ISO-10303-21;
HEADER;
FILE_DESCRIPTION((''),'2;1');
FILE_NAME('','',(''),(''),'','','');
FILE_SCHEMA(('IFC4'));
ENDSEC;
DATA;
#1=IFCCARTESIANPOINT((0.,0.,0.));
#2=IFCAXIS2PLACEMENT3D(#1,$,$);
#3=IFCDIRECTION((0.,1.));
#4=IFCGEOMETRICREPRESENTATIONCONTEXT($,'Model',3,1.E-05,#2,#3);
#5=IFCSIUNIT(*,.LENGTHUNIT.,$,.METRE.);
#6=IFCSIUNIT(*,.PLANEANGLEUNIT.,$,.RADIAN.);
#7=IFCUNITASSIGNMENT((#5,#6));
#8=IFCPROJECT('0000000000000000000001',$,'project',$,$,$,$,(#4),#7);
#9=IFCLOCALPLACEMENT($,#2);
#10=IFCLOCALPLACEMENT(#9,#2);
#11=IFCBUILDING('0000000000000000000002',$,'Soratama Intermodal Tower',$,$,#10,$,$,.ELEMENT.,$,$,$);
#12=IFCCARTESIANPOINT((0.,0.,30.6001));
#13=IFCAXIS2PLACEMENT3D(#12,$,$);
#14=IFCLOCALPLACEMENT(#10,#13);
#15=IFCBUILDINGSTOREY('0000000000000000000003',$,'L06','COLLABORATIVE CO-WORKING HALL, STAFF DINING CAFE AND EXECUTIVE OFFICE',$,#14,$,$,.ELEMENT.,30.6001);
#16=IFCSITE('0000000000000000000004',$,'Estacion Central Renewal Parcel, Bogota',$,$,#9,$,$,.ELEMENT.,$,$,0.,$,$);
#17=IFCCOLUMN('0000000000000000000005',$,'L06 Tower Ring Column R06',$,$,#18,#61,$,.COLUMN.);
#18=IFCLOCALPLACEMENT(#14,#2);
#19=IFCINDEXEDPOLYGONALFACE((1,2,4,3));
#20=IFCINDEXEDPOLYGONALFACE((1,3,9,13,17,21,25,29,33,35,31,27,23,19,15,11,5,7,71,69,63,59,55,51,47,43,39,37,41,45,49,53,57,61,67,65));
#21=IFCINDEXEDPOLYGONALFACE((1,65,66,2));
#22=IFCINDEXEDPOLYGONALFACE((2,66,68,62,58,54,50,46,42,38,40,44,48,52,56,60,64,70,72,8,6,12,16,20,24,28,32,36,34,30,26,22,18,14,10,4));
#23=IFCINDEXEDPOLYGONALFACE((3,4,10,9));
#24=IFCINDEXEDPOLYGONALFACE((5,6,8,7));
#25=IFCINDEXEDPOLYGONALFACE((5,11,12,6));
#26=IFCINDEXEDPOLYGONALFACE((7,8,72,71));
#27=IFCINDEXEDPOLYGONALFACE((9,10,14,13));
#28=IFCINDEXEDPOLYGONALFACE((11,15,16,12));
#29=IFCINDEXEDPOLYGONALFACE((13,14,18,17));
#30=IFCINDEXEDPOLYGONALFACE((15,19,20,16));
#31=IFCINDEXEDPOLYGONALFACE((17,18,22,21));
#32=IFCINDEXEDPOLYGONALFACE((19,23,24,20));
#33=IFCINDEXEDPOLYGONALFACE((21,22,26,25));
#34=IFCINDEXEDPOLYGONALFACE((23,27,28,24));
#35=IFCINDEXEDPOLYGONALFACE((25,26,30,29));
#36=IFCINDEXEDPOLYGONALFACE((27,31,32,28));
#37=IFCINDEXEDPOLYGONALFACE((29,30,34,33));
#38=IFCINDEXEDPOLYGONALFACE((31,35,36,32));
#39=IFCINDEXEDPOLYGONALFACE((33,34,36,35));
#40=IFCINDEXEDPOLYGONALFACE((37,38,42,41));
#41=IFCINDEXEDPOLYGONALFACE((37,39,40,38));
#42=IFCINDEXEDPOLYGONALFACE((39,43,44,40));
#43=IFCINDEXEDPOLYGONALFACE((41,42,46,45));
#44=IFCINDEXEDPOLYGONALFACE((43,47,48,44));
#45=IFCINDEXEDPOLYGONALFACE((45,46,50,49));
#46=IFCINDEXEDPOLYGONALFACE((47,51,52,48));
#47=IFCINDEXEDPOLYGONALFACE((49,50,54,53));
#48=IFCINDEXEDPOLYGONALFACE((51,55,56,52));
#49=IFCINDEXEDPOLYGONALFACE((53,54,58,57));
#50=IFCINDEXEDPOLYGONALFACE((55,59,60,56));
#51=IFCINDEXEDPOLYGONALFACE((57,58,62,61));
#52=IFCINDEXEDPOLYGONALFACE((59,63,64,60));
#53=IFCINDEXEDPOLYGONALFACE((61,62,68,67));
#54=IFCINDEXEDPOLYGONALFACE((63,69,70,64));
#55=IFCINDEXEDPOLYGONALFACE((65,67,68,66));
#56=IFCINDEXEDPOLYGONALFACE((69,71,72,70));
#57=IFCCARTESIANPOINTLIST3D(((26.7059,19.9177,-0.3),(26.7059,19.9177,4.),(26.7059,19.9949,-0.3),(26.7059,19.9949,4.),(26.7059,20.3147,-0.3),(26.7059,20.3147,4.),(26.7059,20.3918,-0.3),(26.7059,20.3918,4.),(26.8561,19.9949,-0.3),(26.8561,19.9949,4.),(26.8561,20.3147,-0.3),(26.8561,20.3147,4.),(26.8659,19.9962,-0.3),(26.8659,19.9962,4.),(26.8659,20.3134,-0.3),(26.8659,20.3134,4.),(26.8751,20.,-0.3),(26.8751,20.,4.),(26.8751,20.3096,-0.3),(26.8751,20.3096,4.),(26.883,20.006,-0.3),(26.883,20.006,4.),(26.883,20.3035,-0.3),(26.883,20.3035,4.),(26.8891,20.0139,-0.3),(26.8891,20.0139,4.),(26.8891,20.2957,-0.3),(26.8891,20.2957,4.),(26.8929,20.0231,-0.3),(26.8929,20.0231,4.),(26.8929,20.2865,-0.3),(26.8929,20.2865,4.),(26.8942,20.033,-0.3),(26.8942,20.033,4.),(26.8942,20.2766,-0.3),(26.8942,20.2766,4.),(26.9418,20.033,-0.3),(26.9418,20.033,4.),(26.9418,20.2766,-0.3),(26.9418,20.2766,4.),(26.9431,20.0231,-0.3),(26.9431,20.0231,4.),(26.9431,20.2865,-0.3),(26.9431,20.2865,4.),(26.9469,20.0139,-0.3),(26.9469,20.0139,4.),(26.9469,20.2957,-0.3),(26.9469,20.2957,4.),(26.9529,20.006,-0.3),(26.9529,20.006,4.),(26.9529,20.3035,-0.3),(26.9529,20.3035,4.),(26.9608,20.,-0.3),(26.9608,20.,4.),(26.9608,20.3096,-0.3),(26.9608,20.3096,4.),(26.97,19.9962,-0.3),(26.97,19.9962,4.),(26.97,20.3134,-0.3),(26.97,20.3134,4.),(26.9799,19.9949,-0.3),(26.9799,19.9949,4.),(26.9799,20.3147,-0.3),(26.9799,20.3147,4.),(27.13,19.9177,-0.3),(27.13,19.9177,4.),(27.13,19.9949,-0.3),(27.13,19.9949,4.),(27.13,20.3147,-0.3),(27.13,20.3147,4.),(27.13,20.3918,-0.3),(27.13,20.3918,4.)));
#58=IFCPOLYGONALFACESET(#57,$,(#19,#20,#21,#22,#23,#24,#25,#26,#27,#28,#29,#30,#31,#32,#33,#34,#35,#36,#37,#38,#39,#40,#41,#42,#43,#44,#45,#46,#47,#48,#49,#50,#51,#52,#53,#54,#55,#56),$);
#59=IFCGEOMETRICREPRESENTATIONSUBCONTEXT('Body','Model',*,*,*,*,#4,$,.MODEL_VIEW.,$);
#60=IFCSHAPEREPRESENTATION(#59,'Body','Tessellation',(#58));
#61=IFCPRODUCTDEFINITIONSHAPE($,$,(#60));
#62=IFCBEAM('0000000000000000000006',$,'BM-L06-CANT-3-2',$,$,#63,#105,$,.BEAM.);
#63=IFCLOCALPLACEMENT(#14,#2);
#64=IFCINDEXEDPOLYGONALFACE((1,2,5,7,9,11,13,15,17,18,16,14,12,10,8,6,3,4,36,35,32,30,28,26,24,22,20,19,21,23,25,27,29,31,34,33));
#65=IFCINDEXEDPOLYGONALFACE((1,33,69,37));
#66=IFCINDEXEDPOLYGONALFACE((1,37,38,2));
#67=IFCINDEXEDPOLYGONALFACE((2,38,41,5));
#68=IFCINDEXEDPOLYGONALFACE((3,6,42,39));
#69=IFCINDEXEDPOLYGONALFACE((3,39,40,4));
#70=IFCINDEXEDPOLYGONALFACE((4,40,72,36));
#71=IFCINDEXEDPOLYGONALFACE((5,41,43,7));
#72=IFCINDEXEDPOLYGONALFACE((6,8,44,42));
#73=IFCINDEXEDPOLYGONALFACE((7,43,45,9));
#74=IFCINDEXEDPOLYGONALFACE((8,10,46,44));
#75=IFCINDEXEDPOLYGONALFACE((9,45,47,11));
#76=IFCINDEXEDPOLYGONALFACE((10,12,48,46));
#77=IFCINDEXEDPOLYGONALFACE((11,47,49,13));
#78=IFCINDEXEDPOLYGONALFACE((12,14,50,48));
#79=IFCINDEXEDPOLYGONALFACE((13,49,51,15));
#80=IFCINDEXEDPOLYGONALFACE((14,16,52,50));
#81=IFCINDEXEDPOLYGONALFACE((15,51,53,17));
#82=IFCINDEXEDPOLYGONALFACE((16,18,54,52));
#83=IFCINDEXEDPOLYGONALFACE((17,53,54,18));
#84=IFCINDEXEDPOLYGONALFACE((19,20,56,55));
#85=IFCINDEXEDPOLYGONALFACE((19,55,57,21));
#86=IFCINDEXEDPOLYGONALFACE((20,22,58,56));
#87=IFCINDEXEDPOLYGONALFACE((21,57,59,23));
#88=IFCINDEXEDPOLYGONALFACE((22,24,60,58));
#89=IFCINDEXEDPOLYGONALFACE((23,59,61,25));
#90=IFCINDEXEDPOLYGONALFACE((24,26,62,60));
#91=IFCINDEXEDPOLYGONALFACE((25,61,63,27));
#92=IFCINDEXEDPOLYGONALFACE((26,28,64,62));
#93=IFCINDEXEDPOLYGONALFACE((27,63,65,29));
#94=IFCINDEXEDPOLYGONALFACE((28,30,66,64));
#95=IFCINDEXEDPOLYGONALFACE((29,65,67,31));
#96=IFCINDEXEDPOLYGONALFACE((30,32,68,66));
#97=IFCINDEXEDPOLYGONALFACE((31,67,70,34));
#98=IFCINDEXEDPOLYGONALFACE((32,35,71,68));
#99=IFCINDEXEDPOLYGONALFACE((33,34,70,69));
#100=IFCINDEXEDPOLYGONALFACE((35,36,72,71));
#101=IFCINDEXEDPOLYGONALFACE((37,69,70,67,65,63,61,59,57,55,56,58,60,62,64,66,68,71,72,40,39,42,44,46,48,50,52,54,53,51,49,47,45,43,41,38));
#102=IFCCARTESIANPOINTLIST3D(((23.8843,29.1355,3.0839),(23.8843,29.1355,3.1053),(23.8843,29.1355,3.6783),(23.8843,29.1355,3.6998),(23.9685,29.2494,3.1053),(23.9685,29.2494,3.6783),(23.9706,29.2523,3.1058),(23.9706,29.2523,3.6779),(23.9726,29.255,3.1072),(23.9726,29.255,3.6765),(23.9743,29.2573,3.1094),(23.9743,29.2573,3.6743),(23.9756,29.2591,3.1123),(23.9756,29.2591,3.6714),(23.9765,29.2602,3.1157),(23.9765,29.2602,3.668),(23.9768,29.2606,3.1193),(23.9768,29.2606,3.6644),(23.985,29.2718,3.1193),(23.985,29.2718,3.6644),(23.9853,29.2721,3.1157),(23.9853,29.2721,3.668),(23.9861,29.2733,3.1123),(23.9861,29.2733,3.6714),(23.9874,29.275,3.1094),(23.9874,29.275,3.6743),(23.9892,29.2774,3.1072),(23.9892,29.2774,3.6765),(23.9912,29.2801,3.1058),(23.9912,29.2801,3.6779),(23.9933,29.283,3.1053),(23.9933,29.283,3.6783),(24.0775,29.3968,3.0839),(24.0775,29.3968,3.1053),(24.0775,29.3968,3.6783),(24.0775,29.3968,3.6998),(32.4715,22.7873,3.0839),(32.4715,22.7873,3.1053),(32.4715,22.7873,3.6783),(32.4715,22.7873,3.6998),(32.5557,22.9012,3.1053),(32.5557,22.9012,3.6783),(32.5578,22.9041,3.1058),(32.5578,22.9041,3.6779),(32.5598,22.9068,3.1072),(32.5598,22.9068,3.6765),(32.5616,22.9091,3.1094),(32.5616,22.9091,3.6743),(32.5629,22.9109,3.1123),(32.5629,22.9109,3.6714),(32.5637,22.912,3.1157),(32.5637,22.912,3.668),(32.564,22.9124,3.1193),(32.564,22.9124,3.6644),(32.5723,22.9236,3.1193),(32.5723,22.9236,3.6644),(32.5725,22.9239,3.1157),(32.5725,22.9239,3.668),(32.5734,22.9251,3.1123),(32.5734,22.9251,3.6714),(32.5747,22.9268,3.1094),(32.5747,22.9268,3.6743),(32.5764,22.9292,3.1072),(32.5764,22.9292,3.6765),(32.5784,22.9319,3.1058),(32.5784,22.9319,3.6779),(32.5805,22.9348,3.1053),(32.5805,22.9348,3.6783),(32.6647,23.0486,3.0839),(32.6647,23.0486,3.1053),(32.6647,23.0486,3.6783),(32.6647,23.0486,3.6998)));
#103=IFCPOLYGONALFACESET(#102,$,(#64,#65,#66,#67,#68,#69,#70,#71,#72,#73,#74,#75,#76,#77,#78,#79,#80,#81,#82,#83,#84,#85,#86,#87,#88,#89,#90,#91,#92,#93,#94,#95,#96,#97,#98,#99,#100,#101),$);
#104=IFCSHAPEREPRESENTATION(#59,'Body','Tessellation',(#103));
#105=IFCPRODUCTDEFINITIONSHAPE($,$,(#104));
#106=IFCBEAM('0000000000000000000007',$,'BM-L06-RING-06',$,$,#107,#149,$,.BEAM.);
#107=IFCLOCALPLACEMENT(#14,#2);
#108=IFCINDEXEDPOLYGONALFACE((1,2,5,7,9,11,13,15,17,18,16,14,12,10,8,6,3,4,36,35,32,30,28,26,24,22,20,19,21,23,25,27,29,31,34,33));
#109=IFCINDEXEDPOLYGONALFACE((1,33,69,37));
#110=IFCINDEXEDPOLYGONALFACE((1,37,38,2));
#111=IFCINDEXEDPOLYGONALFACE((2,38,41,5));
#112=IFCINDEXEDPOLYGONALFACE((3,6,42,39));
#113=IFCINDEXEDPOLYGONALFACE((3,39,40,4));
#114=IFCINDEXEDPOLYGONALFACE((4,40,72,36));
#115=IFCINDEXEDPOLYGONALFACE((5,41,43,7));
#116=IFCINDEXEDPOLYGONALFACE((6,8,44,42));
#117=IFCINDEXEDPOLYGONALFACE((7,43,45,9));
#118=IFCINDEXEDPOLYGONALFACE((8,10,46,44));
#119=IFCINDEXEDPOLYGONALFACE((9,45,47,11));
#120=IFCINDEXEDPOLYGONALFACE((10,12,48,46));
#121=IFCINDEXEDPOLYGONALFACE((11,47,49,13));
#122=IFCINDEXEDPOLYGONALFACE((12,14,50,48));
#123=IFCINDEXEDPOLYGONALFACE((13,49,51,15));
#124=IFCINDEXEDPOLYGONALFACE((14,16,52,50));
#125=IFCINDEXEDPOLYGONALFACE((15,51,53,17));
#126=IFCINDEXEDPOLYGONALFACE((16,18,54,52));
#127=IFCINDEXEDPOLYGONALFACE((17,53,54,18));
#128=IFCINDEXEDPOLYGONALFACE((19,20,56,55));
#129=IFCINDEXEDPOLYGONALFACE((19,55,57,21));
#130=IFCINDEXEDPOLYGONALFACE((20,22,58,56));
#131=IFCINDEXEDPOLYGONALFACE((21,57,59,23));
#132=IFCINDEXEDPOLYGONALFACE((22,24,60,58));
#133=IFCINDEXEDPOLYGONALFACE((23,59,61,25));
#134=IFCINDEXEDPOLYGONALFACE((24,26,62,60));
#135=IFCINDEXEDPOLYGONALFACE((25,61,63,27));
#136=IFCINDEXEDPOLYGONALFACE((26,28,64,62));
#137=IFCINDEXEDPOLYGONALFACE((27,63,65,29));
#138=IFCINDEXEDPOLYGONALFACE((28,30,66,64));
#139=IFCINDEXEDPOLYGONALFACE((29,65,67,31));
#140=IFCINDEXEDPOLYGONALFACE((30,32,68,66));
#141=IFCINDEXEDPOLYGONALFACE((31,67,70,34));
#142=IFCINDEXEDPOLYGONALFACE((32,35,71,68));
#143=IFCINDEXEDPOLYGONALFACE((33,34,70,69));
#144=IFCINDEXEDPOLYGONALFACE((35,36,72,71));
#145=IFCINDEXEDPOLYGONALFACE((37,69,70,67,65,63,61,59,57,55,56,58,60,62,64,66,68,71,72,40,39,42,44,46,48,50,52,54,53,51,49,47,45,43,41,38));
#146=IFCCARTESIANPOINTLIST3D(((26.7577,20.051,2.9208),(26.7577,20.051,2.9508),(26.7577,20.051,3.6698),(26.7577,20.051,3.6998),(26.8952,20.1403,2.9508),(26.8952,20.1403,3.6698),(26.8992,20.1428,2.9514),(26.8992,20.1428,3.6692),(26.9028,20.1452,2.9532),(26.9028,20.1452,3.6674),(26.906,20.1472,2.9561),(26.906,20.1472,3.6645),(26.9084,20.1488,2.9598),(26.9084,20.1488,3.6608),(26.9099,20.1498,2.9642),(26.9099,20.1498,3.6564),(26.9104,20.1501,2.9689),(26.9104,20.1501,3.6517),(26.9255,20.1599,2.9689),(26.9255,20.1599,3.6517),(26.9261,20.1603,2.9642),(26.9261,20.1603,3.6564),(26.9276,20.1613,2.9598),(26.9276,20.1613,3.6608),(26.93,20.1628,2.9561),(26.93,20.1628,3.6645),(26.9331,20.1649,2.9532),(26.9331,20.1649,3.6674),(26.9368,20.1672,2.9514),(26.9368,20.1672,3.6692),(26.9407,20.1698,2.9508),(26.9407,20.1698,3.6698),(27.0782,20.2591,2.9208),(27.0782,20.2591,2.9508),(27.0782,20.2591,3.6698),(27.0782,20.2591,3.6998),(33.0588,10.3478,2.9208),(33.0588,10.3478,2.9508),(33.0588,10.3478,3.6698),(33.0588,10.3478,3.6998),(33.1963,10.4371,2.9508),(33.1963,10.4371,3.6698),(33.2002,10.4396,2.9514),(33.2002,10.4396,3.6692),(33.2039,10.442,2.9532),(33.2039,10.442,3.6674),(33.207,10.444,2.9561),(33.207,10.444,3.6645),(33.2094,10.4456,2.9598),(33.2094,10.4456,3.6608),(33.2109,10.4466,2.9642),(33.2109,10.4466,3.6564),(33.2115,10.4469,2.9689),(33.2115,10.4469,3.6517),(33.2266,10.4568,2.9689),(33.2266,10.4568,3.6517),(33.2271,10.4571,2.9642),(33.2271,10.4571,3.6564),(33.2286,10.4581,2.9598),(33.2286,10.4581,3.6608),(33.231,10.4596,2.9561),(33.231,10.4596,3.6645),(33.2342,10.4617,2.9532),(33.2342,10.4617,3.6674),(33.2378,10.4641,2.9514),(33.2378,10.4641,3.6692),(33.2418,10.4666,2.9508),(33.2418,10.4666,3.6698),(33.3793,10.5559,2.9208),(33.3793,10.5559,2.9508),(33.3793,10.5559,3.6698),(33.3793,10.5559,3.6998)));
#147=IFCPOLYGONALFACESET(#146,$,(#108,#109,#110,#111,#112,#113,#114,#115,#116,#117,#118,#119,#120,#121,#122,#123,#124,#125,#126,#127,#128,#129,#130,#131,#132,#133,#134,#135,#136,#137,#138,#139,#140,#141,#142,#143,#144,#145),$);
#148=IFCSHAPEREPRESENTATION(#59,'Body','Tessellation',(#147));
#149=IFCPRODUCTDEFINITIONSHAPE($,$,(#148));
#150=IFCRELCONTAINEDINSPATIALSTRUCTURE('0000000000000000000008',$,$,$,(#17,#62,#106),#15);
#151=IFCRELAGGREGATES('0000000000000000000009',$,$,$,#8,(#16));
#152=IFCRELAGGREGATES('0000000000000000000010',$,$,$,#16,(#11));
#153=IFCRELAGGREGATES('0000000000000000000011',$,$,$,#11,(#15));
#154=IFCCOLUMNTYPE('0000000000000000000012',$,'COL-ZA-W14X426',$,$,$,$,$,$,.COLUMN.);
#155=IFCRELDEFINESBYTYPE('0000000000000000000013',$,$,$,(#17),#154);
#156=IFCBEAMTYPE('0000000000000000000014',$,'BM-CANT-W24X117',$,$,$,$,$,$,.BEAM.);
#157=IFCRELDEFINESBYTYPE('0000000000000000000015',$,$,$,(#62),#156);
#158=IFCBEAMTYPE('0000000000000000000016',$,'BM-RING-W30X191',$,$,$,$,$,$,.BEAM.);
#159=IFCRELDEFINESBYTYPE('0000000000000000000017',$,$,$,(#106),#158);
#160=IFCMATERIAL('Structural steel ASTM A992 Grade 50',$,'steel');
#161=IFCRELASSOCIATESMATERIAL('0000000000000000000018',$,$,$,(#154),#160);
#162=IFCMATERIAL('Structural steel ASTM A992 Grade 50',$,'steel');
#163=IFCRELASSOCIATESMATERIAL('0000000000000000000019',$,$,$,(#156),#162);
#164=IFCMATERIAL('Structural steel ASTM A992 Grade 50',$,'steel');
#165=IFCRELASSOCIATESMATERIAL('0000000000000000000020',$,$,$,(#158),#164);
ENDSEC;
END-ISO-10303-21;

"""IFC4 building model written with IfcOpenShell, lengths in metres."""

from ifc_helpers import new_model, si_unit, direction, frame, origin, origin_2d, place, context, subcontext, project, spatial, i_section, extrude, material, material_profile, profile_set, type_object, element, save


model = new_model("IFC4")

# Units and contexts
model_context = context("Model", 3, precision=1e-05, world=origin(), true_north=direction((0.0, 1.0)))
body_context = subcontext(model_context, "Body", "Model", "MODEL_VIEW")
ifc_project = project(units=[si_unit("LENGTHUNIT", "METRE"), si_unit("PLANEANGLEUNIT", "RADIAN")], contexts=[model_context])

# Site, building, storey
site_placement = place(None, origin())
site = spatial("IfcSite", under=ifc_project, at=site_placement, Name="Estacion Central Renewal Parcel, Bogota", CompositionType="ELEMENT", RefElevation=0.0)
building_placement = place(site_placement, origin())
building = spatial("IfcBuilding", under=site, at=building_placement, Name="Soratama Intermodal Tower", CompositionType="ELEMENT")
storey_placement = place(building_placement, frame((0.0, 0.0, 30.6001)))
storey = spatial("IfcBuildingStorey", under=building, at=storey_placement, Name="L06", Description="COLLABORATIVE CO-WORKING HALL, STAFF DINING CAFE AND EXECUTIVE OFFICE", CompositionType="ELEMENT", Elevation=30.6001)

# Column
ifc_material_1 = material(Name="Structural steel ASTM A992 Grade 50", Category="steel")
ifc_material_profile_1 = material_profile(ifc_material_1, i_section(OverallWidth=0.4241, OverallDepth=0.4741, WebThickness=0.0476, FlangeThickness=0.0771, FilletRadius=0.0381, at=origin_2d()), Name="W14X426")
ifc_profile_set_1 = profile_set([ifc_material_profile_1], Name="Structural steel ASTM A992 Grade 50")
column_type = type_object("IfcColumnType", Name="COL-ZA-W14X426", PredefinedType="COLUMN", material=ifc_profile_set_1)
column_placement = place(storey_placement, frame((26.918, 20.1548, -0.3), z_axis=(0.0, 0.0, 1.0), x_axis=(1.0, 0.0, 0.0)))
element("IfcColumn", 1, at=column_placement, inside=storey, type_object=column_type, Name="L06 Tower Ring Column R06", PredefinedType="COLUMN", context=body_context, shape_type="SweptSolid", body=[
    extrude(i_section(OverallWidth=0.4241, OverallDepth=0.4741, WebThickness=0.0476, FlangeThickness=0.0771, FilletRadius=0.0381, at=origin_2d()), origin(), (0.0, 0.0, 1.0), 4.3),
])

# Beams
ifc_material_2 = material(Name="Structural steel ASTM A992 Grade 50", Category="steel")
ifc_material_profile_2 = material_profile(ifc_material_2, i_section(OverallWidth=0.325, OverallDepth=0.616, WebThickness=0.0139, FlangeThickness=0.0215, FilletRadius=0.0139, at=origin_2d()), Name="W24X117")
ifc_profile_set_2 = profile_set([ifc_material_profile_2], Name="Structural steel ASTM A992 Grade 50")
beam_type_1 = type_object("IfcBeamType", Name="BM-CANT-W24X117", PredefinedType="BEAM", material=ifc_profile_set_2)
beam_1_placement = place(storey_placement, frame((32.5681, 22.918, 3.3918), z_axis=(-0.804126, 0.594459, 0.0), x_axis=(-0.594459, -0.804126, 0.0)))
element("IfcBeam", 2, at=beam_1_placement, inside=storey, type_object=beam_type_1, Name="BM-L06-CANT-3-2", PredefinedType="BEAM", context=body_context, shape_type="SweptSolid", body=[
    extrude(i_section(OverallWidth=0.325, OverallDepth=0.616, WebThickness=0.0139, FlangeThickness=0.0215, FilletRadius=0.0139, at=origin_2d()), origin(), (0.0, 0.0, 1.0), 10.679),
])
ifc_material_3 = material(Name="Structural steel ASTM A992 Grade 50", Category="steel")
ifc_material_profile_3 = material_profile(ifc_material_3, i_section(OverallWidth=0.3821, OverallDepth=0.7791, WebThickness=0.0181, FlangeThickness=0.03, FilletRadius=0.0181, at=origin_2d()), Name="W30X191")
ifc_profile_set_3 = profile_set([ifc_material_profile_3], Name="Structural steel ASTM A992 Grade 50")
beam_type_2 = type_object("IfcBeamType", Name="BM-RING-W30X191", PredefinedType="BEAM", material=ifc_profile_set_3)
beam_2_placement = place(storey_placement, frame((26.918, 20.155, 3.3103), z_axis=(0.544623, -0.838681, 0.0), x_axis=(0.838681, 0.544623, 0.0)))
element("IfcBeam", 3, at=beam_2_placement, inside=storey, type_object=beam_type_2, Name="BM-L06-RING-06", PredefinedType="BEAM", context=body_context, shape_type="SweptSolid", body=[
    extrude(i_section(OverallWidth=0.3821, OverallDepth=0.7791, WebThickness=0.0181, FlangeThickness=0.03, FilletRadius=0.0181, at=origin_2d()), origin(), (0.0, 0.0, 1.0), 11.5696),
])

save(model, "model.ifc")
